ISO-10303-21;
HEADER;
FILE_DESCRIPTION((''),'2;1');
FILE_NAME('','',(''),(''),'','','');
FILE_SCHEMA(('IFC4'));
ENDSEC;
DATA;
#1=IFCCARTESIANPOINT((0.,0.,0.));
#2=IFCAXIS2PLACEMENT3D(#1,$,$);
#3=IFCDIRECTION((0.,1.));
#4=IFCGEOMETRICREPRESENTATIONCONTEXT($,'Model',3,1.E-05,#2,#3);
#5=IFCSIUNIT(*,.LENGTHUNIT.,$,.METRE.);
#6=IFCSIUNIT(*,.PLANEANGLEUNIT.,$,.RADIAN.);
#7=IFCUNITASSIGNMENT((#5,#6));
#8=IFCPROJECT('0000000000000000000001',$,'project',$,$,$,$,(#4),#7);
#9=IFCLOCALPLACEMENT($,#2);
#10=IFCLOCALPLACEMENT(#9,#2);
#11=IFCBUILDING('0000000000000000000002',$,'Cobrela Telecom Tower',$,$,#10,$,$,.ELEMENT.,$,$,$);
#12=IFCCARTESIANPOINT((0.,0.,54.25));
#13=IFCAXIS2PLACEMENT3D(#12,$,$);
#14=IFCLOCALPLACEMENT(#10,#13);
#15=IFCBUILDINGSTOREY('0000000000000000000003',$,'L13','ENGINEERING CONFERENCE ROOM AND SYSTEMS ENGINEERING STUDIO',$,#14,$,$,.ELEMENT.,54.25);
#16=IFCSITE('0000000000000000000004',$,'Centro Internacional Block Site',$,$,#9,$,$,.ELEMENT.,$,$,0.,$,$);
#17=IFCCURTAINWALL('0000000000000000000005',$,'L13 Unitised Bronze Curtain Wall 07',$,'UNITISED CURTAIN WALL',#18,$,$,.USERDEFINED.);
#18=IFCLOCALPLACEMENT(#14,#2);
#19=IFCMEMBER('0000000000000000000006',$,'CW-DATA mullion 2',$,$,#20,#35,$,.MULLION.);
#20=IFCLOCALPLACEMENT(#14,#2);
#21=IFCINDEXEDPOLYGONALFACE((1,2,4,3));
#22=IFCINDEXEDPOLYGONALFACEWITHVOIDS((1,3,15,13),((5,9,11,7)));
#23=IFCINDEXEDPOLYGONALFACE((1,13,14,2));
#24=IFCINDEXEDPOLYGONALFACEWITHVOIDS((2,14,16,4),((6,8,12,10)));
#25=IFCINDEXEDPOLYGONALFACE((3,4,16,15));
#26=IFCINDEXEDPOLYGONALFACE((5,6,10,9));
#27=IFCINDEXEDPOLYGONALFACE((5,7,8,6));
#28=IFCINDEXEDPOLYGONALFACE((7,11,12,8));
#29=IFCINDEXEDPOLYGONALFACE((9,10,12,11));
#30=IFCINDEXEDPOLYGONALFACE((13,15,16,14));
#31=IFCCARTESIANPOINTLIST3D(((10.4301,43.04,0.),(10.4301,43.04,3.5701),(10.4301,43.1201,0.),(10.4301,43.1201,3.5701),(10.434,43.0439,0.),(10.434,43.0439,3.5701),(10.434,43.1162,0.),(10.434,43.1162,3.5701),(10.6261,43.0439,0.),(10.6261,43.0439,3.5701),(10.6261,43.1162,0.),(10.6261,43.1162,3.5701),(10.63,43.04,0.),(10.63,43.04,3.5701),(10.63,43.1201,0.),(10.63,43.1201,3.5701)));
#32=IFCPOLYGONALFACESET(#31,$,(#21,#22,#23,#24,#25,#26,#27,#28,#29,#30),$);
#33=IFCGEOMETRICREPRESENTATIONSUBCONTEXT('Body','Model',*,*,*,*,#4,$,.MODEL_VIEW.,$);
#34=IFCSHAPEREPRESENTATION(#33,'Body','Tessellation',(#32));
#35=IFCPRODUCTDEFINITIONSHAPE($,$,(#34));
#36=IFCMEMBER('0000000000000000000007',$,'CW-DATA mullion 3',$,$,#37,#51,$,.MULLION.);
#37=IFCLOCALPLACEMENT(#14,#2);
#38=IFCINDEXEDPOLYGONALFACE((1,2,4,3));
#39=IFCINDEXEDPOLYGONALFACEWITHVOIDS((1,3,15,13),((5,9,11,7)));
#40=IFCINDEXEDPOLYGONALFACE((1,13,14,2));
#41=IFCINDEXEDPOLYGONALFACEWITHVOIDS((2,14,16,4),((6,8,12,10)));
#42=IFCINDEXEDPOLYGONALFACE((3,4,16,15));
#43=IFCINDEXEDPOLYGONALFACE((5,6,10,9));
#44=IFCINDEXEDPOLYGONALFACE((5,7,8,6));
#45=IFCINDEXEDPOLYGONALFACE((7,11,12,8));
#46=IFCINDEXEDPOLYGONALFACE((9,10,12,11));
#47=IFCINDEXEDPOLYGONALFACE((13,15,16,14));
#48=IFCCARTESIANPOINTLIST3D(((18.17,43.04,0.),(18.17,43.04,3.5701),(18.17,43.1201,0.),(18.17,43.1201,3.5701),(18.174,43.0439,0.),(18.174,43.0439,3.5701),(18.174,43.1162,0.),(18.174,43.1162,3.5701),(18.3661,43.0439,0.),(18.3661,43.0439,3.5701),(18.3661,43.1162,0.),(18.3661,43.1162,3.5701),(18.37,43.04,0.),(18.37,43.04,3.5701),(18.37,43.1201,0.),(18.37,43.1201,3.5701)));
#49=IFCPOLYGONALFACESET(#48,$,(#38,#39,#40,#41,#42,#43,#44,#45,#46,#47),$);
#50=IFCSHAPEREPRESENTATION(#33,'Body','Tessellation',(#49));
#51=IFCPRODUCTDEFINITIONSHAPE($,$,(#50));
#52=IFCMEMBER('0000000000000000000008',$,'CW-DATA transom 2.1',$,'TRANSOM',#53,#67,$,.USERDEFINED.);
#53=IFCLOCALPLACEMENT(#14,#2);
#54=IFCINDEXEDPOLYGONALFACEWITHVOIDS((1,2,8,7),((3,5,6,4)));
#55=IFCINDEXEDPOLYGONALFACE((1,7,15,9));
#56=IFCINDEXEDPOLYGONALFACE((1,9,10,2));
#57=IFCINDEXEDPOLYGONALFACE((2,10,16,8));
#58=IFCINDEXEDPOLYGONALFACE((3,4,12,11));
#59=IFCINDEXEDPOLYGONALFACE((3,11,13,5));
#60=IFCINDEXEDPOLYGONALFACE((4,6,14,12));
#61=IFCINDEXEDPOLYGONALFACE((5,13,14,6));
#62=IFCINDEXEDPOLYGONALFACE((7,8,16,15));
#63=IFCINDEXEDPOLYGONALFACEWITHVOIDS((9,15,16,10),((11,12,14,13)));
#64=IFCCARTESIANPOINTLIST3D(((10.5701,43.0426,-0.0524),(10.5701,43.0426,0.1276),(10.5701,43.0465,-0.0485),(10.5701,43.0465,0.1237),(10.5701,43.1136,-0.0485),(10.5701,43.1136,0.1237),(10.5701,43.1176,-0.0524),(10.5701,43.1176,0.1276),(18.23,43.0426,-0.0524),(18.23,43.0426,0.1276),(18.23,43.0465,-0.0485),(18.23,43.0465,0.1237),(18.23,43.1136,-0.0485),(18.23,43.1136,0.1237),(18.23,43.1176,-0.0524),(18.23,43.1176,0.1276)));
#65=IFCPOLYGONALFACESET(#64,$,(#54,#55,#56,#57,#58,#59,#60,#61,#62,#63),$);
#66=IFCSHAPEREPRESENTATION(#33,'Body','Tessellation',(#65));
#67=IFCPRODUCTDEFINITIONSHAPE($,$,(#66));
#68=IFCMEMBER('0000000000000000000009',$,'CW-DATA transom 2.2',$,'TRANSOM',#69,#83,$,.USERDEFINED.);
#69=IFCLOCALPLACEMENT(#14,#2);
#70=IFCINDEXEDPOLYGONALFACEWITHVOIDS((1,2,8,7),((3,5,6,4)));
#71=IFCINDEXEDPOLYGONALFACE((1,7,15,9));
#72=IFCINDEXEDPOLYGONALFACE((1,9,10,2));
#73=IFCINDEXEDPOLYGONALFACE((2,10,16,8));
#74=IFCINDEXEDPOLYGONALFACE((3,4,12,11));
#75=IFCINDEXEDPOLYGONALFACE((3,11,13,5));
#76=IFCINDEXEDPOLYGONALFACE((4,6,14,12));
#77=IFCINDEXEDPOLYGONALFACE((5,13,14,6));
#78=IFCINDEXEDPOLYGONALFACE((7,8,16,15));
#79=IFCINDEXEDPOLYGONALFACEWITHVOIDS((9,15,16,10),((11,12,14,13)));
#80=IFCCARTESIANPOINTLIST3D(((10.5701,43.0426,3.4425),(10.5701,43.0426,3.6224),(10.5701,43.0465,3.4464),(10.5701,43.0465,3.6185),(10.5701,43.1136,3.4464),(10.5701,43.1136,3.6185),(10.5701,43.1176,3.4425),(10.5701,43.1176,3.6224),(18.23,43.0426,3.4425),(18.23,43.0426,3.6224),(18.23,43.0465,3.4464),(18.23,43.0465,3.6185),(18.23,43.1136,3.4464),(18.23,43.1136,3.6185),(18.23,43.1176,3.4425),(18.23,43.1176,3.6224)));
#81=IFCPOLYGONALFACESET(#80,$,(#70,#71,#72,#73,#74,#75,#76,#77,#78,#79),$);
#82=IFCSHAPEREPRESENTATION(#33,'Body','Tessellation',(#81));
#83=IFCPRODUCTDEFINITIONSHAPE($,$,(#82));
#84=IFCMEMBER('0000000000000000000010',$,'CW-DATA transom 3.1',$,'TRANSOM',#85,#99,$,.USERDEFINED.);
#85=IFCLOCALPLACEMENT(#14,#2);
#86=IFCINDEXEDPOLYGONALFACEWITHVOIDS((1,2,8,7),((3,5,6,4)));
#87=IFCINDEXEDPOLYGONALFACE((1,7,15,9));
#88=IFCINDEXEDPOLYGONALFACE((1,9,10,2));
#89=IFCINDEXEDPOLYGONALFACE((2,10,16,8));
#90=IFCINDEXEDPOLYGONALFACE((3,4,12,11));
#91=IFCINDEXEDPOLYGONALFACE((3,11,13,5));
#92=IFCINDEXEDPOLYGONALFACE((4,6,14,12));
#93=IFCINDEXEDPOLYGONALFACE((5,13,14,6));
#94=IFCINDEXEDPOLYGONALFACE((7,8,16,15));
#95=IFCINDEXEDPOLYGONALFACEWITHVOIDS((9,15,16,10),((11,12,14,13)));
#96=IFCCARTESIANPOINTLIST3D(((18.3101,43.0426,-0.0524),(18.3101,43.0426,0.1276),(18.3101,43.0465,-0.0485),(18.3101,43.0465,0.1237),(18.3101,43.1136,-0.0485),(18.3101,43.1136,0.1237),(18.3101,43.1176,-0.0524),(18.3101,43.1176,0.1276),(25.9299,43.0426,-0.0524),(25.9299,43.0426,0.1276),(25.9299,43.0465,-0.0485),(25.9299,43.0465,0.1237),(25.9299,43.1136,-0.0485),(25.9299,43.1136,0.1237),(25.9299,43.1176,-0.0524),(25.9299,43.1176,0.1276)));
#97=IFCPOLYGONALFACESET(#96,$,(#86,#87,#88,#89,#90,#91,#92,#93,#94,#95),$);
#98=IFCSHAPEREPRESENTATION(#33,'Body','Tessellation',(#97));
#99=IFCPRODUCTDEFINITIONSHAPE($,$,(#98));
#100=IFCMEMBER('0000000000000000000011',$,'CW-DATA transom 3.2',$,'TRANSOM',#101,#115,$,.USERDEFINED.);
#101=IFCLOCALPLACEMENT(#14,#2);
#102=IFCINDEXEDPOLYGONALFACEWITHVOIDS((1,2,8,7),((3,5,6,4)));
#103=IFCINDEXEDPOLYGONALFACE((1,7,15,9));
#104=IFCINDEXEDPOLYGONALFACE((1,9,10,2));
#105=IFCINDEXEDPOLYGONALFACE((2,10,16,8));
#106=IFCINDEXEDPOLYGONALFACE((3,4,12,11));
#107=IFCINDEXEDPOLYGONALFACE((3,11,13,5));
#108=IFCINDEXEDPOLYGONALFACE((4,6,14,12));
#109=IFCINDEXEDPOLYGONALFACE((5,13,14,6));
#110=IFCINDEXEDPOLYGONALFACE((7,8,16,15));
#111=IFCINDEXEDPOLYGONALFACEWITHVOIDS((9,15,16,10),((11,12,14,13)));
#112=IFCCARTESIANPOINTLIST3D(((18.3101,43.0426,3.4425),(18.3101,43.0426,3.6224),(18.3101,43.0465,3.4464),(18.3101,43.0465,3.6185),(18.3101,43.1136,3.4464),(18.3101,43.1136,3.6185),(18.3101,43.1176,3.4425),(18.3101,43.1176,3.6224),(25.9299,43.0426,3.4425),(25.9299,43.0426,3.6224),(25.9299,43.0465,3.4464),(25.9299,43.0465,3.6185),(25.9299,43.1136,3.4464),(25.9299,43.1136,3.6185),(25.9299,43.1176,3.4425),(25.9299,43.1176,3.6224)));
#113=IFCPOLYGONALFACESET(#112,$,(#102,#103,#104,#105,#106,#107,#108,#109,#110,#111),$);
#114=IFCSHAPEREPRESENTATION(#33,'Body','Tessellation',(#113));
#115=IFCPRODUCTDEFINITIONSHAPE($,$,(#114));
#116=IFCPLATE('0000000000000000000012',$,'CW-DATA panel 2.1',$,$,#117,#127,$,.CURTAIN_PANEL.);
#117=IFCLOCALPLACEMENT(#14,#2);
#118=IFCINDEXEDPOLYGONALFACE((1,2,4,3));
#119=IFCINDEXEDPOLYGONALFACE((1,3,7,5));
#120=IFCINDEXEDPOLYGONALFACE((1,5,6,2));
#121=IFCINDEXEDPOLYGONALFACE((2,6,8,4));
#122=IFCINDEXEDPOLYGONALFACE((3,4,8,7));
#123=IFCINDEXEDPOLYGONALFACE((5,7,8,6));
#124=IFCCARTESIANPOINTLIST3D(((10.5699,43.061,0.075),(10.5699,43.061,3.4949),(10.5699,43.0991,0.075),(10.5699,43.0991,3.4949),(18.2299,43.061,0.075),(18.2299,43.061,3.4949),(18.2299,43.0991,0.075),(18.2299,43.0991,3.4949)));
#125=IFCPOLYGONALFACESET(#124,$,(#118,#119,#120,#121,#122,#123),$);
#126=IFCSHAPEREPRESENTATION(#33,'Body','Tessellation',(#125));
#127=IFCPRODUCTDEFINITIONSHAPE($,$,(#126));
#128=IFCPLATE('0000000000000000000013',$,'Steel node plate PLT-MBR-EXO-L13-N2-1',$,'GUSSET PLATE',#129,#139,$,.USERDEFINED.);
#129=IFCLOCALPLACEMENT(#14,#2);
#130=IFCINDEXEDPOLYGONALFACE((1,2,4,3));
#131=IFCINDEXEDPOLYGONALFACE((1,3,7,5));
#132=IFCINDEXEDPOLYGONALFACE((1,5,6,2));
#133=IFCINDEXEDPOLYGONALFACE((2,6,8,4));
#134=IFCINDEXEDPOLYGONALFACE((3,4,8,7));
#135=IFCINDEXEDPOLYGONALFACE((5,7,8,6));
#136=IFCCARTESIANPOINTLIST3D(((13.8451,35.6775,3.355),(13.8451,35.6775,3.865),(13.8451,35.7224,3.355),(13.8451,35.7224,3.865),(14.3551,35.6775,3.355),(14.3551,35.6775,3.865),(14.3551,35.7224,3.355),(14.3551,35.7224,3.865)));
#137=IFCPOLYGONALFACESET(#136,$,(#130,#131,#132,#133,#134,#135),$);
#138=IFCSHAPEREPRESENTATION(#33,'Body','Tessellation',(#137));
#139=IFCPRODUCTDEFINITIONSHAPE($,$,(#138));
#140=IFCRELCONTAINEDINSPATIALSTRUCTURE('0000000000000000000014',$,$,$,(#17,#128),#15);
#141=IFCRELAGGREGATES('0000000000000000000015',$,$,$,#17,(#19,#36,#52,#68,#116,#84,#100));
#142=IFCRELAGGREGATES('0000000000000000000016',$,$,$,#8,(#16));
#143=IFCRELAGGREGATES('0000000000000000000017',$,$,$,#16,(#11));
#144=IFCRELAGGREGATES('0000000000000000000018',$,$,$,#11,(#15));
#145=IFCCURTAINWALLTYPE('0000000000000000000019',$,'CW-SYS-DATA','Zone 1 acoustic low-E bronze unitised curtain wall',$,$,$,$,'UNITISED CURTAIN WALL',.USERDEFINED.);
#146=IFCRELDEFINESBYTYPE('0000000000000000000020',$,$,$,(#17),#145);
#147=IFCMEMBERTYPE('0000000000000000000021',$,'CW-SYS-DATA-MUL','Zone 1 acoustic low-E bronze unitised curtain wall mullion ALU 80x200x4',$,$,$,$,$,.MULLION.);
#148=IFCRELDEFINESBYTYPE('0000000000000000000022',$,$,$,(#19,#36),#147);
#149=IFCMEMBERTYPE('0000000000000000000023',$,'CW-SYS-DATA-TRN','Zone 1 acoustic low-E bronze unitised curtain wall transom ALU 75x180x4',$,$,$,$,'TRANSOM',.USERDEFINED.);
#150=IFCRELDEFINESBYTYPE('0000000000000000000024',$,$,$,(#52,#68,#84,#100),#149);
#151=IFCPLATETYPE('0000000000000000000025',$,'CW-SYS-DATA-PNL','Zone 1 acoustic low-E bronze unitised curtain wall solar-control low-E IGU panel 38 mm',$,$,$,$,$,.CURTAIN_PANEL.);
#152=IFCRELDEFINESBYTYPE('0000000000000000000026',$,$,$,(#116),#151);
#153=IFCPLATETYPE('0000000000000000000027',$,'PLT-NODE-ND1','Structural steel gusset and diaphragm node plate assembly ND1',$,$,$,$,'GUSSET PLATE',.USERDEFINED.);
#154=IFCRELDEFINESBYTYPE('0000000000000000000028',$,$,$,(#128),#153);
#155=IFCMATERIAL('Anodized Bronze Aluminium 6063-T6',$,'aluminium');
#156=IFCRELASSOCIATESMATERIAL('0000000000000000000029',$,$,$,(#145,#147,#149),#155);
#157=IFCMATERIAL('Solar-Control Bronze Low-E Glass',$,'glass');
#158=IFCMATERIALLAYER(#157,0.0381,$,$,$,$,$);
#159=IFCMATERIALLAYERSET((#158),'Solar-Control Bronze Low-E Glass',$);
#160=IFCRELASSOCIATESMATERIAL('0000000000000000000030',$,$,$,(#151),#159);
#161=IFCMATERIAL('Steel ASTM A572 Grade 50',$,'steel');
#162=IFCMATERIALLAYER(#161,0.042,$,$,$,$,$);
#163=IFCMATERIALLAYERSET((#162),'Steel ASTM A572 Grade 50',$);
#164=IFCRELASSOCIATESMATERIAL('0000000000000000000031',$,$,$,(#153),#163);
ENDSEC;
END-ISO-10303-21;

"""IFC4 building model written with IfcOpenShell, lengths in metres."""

from ifc_helpers import new_model, si_unit, direction, frame, origin, origin_2d, place, context, subcontext, project, spatial, rectangle, hollow_rectangle, extrude, material, layer, layer_set, material_profile, profile_set, type_object, element, aggregate, save


model = new_model("IFC4")

# Units and contexts
model_context = context("Model", 3, precision=1e-05, world=origin(), true_north=direction((0.0, 1.0)))
body_context = subcontext(model_context, "Body", "Model", "MODEL_VIEW")
ifc_project = project(units=[si_unit("LENGTHUNIT", "METRE"), si_unit("PLANEANGLEUNIT", "RADIAN")], contexts=[model_context])

# Site, building, storey
site_placement = place(None, origin())
site = spatial("IfcSite", under=ifc_project, at=site_placement, Name="Centro Internacional Block Site", CompositionType="ELEMENT", RefElevation=0.0)
building_placement = place(site_placement, origin())
building = spatial("IfcBuilding", under=site, at=building_placement, Name="Cobrela Telecom Tower", CompositionType="ELEMENT")
storey_placement = place(building_placement, frame((0.0, 0.0, 54.25)))
storey = spatial("IfcBuildingStorey", under=building, at=storey_placement, Name="L13", Description="ENGINEERING CONFERENCE ROOM AND SYSTEMS ENGINEERING STUDIO", CompositionType="ELEMENT", Elevation=54.25)

# Shared definitions
ifc_material_1 = material(Name="Steel ASTM A572 Grade 50", Category="steel")

# Curtain wall, members, plate
ifc_material_2 = material(Name="Anodized Bronze Aluminium 6063-T6", Category="aluminium")
curtain_wall_type = type_object("IfcCurtainWallType", Name="CW-SYS-DATA", Description="Zone 1 acoustic low-E bronze unitised curtain wall", ElementType="UNITISED CURTAIN WALL", PredefinedType="USERDEFINED", material=ifc_material_2)
curtain_wall_placement = place(storey_placement, origin())
curtain_wall = element("IfcCurtainWall", 1, at=curtain_wall_placement, inside=storey, type_object=curtain_wall_type, Name="L13 Unitised Bronze Curtain Wall 07", ObjectType="UNITISED CURTAIN WALL", PredefinedType="USERDEFINED")
ifc_material_profile_1 = material_profile(ifc_material_2, hollow_rectangle(XDim=0.0801, YDim=0.2, WallThickness=0.0039, at=origin_2d()), Name="ALU 80x200x4")
ifc_profile_set_1 = profile_set([ifc_material_profile_1], Name="Anodized Bronze Aluminium 6063-T6")
member_type_1 = type_object("IfcMemberType", Name="CW-SYS-DATA-MUL", Description="Zone 1 acoustic low-E bronze unitised curtain wall mullion ALU 80x200x4", PredefinedType="MULLION", material=ifc_profile_set_1)
member_1_placement = place(storey_placement, frame((10.53, 43.0801, 0.0), z_axis=(0.0, 0.0, 1.0), x_axis=(0.0, 1.0, 0.0)))
member_1 = element("IfcMember", 2, at=member_1_placement, type_object=member_type_1, Name="CW-DATA mullion 2", PredefinedType="MULLION", context=body_context, shape_type="SweptSolid", body=[
    extrude(hollow_rectangle(XDim=0.0801, YDim=0.2, WallThickness=0.0039, at=origin_2d()), origin(), (0.0, 0.0, 1.0), 3.5701),
])
member_2_placement = place(storey_placement, frame((18.27, 43.0801, 0.0), z_axis=(0.0, 0.0, 1.0), x_axis=(0.0, 1.0, 0.0)))
member_2 = element("IfcMember", 3, at=member_2_placement, type_object=member_type_1, Name="CW-DATA mullion 3", PredefinedType="MULLION", context=body_context, shape_type="SweptSolid", body=[
    extrude(hollow_rectangle(XDim=0.0801, YDim=0.2, WallThickness=0.0039, at=origin_2d()), origin(), (0.0, 0.0, 1.0), 3.5701),
])
ifc_material_profile_2 = material_profile(ifc_material_2, hollow_rectangle(XDim=0.075, YDim=0.1799, WallThickness=0.0039, at=origin_2d()), Name="ALU 75x180x4")
ifc_profile_set_2 = profile_set([ifc_material_profile_2], Name="Anodized Bronze Aluminium 6063-T6")
member_type_2 = type_object("IfcMemberType", Name="CW-SYS-DATA-TRN", Description="Zone 1 acoustic low-E bronze unitised curtain wall transom ALU 75x180x4", ElementType="TRANSOM", PredefinedType="USERDEFINED", material=ifc_profile_set_2)
member_3_placement = place(storey_placement, frame((10.5701, 43.0801, 0.0376), z_axis=(1.0, 0.0, 0.0), x_axis=(0.0, 1.0, 0.0)))
member_3 = element("IfcMember", 4, at=member_3_placement, type_object=member_type_2, Name="CW-DATA transom 2.1", ObjectType="TRANSOM", PredefinedType="USERDEFINED", context=body_context, shape_type="SweptSolid", body=[
    extrude(hollow_rectangle(XDim=0.075, YDim=0.1799, WallThickness=0.0039, at=origin_2d()), origin(), (0.0, 0.0, 1.0), 7.6599),
])
member_4_placement = place(storey_placement, frame((10.5701, 43.0801, 3.5325), z_axis=(1.0, 0.0, 0.0), x_axis=(0.0, 1.0, 0.0)))
member_4 = element("IfcMember", 5, at=member_4_placement, type_object=member_type_2, Name="CW-DATA transom 2.2", ObjectType="TRANSOM", PredefinedType="USERDEFINED", context=body_context, shape_type="SweptSolid", body=[
    extrude(hollow_rectangle(XDim=0.075, YDim=0.1799, WallThickness=0.0039, at=origin_2d()), origin(), (0.0, 0.0, 1.0), 7.6599),
])
member_5_placement = place(storey_placement, frame((18.3101, 43.0801, 0.0376), z_axis=(1.0, 0.0, 0.0), x_axis=(0.0, 1.0, 0.0)))
member_5 = element("IfcMember", 6, at=member_5_placement, type_object=member_type_2, Name="CW-DATA transom 3.1", ObjectType="TRANSOM", PredefinedType="USERDEFINED", context=body_context, shape_type="SweptSolid", body=[
    extrude(hollow_rectangle(XDim=0.075, YDim=0.1799, WallThickness=0.0039, at=origin_2d()), origin(), (0.0, 0.0, 1.0), 7.6199),
])
member_6_placement = place(storey_placement, frame((18.3101, 43.0801, 3.5325), z_axis=(1.0, 0.0, 0.0), x_axis=(0.0, 1.0, 0.0)))
member_6 = element("IfcMember", 7, at=member_6_placement, type_object=member_type_2, Name="CW-DATA transom 3.2", ObjectType="TRANSOM", PredefinedType="USERDEFINED", context=body_context, shape_type="SweptSolid", body=[
    extrude(hollow_rectangle(XDim=0.075, YDim=0.1799, WallThickness=0.0039, at=origin_2d()), origin(), (0.0, 0.0, 1.0), 7.6199),
])
ifc_material_3 = material(Name="Solar-Control Bronze Low-E Glass", Category="glass")
ifc_layer_1 = layer(ifc_material_3, 0.0381)
ifc_layer_set_1 = layer_set([ifc_layer_1], Name="Solar-Control Bronze Low-E Glass")
plate_type_1 = type_object("IfcPlateType", Name="CW-SYS-DATA-PNL", Description="Zone 1 acoustic low-E bronze unitised curtain wall solar-control low-E IGU panel 38 mm", PredefinedType="CURTAIN_PANEL", material=ifc_layer_set_1)
plate_1_placement = place(storey_placement, frame((14.3999, 43.0801, 0.075), z_axis=(0.0, 0.0, 1.0), x_axis=(1.0, 0.0, 0.0)))
plate_1 = element("IfcPlate", 8, at=plate_1_placement, type_object=plate_type_1, Name="CW-DATA panel 2.1", PredefinedType="CURTAIN_PANEL", context=body_context, shape_type="SweptSolid", body=[
    extrude(rectangle(XDim=7.6599, YDim=0.0381, at=origin_2d()), origin(), (0.0, 0.0, 1.0), 3.4199),
])
aggregate(curtain_wall, [member_1, member_2, member_3, member_4, plate_1, member_5, member_6])

# Plate
ifc_layer_2 = layer(ifc_material_1, 0.042)
ifc_layer_set_2 = layer_set([ifc_layer_2], Name="Steel ASTM A572 Grade 50")
plate_type_2 = type_object("IfcPlateType", Name="PLT-NODE-ND1", Description="Structural steel gusset and diaphragm node plate assembly ND1", ElementType="GUSSET PLATE", PredefinedType="USERDEFINED", material=ifc_layer_set_2)
plate_2_placement = place(storey_placement, frame((14.1001, 35.7, 3.355), z_axis=(0.0, 0.0, 1.0), x_axis=(1.0, 0.0, 0.0)))
element("IfcPlate", 9, at=plate_2_placement, inside=storey, type_object=plate_type_2, Name="Steel node plate PLT-MBR-EXO-L13-N2-1", ObjectType="GUSSET PLATE", PredefinedType="USERDEFINED", context=body_context, shape_type="SweptSolid", body=[
    extrude(rectangle(XDim=0.51, YDim=0.0449, at=origin_2d()), origin(), (0.0, 0.0, 1.0), 0.51),
])

save(model, "model.ifc")
